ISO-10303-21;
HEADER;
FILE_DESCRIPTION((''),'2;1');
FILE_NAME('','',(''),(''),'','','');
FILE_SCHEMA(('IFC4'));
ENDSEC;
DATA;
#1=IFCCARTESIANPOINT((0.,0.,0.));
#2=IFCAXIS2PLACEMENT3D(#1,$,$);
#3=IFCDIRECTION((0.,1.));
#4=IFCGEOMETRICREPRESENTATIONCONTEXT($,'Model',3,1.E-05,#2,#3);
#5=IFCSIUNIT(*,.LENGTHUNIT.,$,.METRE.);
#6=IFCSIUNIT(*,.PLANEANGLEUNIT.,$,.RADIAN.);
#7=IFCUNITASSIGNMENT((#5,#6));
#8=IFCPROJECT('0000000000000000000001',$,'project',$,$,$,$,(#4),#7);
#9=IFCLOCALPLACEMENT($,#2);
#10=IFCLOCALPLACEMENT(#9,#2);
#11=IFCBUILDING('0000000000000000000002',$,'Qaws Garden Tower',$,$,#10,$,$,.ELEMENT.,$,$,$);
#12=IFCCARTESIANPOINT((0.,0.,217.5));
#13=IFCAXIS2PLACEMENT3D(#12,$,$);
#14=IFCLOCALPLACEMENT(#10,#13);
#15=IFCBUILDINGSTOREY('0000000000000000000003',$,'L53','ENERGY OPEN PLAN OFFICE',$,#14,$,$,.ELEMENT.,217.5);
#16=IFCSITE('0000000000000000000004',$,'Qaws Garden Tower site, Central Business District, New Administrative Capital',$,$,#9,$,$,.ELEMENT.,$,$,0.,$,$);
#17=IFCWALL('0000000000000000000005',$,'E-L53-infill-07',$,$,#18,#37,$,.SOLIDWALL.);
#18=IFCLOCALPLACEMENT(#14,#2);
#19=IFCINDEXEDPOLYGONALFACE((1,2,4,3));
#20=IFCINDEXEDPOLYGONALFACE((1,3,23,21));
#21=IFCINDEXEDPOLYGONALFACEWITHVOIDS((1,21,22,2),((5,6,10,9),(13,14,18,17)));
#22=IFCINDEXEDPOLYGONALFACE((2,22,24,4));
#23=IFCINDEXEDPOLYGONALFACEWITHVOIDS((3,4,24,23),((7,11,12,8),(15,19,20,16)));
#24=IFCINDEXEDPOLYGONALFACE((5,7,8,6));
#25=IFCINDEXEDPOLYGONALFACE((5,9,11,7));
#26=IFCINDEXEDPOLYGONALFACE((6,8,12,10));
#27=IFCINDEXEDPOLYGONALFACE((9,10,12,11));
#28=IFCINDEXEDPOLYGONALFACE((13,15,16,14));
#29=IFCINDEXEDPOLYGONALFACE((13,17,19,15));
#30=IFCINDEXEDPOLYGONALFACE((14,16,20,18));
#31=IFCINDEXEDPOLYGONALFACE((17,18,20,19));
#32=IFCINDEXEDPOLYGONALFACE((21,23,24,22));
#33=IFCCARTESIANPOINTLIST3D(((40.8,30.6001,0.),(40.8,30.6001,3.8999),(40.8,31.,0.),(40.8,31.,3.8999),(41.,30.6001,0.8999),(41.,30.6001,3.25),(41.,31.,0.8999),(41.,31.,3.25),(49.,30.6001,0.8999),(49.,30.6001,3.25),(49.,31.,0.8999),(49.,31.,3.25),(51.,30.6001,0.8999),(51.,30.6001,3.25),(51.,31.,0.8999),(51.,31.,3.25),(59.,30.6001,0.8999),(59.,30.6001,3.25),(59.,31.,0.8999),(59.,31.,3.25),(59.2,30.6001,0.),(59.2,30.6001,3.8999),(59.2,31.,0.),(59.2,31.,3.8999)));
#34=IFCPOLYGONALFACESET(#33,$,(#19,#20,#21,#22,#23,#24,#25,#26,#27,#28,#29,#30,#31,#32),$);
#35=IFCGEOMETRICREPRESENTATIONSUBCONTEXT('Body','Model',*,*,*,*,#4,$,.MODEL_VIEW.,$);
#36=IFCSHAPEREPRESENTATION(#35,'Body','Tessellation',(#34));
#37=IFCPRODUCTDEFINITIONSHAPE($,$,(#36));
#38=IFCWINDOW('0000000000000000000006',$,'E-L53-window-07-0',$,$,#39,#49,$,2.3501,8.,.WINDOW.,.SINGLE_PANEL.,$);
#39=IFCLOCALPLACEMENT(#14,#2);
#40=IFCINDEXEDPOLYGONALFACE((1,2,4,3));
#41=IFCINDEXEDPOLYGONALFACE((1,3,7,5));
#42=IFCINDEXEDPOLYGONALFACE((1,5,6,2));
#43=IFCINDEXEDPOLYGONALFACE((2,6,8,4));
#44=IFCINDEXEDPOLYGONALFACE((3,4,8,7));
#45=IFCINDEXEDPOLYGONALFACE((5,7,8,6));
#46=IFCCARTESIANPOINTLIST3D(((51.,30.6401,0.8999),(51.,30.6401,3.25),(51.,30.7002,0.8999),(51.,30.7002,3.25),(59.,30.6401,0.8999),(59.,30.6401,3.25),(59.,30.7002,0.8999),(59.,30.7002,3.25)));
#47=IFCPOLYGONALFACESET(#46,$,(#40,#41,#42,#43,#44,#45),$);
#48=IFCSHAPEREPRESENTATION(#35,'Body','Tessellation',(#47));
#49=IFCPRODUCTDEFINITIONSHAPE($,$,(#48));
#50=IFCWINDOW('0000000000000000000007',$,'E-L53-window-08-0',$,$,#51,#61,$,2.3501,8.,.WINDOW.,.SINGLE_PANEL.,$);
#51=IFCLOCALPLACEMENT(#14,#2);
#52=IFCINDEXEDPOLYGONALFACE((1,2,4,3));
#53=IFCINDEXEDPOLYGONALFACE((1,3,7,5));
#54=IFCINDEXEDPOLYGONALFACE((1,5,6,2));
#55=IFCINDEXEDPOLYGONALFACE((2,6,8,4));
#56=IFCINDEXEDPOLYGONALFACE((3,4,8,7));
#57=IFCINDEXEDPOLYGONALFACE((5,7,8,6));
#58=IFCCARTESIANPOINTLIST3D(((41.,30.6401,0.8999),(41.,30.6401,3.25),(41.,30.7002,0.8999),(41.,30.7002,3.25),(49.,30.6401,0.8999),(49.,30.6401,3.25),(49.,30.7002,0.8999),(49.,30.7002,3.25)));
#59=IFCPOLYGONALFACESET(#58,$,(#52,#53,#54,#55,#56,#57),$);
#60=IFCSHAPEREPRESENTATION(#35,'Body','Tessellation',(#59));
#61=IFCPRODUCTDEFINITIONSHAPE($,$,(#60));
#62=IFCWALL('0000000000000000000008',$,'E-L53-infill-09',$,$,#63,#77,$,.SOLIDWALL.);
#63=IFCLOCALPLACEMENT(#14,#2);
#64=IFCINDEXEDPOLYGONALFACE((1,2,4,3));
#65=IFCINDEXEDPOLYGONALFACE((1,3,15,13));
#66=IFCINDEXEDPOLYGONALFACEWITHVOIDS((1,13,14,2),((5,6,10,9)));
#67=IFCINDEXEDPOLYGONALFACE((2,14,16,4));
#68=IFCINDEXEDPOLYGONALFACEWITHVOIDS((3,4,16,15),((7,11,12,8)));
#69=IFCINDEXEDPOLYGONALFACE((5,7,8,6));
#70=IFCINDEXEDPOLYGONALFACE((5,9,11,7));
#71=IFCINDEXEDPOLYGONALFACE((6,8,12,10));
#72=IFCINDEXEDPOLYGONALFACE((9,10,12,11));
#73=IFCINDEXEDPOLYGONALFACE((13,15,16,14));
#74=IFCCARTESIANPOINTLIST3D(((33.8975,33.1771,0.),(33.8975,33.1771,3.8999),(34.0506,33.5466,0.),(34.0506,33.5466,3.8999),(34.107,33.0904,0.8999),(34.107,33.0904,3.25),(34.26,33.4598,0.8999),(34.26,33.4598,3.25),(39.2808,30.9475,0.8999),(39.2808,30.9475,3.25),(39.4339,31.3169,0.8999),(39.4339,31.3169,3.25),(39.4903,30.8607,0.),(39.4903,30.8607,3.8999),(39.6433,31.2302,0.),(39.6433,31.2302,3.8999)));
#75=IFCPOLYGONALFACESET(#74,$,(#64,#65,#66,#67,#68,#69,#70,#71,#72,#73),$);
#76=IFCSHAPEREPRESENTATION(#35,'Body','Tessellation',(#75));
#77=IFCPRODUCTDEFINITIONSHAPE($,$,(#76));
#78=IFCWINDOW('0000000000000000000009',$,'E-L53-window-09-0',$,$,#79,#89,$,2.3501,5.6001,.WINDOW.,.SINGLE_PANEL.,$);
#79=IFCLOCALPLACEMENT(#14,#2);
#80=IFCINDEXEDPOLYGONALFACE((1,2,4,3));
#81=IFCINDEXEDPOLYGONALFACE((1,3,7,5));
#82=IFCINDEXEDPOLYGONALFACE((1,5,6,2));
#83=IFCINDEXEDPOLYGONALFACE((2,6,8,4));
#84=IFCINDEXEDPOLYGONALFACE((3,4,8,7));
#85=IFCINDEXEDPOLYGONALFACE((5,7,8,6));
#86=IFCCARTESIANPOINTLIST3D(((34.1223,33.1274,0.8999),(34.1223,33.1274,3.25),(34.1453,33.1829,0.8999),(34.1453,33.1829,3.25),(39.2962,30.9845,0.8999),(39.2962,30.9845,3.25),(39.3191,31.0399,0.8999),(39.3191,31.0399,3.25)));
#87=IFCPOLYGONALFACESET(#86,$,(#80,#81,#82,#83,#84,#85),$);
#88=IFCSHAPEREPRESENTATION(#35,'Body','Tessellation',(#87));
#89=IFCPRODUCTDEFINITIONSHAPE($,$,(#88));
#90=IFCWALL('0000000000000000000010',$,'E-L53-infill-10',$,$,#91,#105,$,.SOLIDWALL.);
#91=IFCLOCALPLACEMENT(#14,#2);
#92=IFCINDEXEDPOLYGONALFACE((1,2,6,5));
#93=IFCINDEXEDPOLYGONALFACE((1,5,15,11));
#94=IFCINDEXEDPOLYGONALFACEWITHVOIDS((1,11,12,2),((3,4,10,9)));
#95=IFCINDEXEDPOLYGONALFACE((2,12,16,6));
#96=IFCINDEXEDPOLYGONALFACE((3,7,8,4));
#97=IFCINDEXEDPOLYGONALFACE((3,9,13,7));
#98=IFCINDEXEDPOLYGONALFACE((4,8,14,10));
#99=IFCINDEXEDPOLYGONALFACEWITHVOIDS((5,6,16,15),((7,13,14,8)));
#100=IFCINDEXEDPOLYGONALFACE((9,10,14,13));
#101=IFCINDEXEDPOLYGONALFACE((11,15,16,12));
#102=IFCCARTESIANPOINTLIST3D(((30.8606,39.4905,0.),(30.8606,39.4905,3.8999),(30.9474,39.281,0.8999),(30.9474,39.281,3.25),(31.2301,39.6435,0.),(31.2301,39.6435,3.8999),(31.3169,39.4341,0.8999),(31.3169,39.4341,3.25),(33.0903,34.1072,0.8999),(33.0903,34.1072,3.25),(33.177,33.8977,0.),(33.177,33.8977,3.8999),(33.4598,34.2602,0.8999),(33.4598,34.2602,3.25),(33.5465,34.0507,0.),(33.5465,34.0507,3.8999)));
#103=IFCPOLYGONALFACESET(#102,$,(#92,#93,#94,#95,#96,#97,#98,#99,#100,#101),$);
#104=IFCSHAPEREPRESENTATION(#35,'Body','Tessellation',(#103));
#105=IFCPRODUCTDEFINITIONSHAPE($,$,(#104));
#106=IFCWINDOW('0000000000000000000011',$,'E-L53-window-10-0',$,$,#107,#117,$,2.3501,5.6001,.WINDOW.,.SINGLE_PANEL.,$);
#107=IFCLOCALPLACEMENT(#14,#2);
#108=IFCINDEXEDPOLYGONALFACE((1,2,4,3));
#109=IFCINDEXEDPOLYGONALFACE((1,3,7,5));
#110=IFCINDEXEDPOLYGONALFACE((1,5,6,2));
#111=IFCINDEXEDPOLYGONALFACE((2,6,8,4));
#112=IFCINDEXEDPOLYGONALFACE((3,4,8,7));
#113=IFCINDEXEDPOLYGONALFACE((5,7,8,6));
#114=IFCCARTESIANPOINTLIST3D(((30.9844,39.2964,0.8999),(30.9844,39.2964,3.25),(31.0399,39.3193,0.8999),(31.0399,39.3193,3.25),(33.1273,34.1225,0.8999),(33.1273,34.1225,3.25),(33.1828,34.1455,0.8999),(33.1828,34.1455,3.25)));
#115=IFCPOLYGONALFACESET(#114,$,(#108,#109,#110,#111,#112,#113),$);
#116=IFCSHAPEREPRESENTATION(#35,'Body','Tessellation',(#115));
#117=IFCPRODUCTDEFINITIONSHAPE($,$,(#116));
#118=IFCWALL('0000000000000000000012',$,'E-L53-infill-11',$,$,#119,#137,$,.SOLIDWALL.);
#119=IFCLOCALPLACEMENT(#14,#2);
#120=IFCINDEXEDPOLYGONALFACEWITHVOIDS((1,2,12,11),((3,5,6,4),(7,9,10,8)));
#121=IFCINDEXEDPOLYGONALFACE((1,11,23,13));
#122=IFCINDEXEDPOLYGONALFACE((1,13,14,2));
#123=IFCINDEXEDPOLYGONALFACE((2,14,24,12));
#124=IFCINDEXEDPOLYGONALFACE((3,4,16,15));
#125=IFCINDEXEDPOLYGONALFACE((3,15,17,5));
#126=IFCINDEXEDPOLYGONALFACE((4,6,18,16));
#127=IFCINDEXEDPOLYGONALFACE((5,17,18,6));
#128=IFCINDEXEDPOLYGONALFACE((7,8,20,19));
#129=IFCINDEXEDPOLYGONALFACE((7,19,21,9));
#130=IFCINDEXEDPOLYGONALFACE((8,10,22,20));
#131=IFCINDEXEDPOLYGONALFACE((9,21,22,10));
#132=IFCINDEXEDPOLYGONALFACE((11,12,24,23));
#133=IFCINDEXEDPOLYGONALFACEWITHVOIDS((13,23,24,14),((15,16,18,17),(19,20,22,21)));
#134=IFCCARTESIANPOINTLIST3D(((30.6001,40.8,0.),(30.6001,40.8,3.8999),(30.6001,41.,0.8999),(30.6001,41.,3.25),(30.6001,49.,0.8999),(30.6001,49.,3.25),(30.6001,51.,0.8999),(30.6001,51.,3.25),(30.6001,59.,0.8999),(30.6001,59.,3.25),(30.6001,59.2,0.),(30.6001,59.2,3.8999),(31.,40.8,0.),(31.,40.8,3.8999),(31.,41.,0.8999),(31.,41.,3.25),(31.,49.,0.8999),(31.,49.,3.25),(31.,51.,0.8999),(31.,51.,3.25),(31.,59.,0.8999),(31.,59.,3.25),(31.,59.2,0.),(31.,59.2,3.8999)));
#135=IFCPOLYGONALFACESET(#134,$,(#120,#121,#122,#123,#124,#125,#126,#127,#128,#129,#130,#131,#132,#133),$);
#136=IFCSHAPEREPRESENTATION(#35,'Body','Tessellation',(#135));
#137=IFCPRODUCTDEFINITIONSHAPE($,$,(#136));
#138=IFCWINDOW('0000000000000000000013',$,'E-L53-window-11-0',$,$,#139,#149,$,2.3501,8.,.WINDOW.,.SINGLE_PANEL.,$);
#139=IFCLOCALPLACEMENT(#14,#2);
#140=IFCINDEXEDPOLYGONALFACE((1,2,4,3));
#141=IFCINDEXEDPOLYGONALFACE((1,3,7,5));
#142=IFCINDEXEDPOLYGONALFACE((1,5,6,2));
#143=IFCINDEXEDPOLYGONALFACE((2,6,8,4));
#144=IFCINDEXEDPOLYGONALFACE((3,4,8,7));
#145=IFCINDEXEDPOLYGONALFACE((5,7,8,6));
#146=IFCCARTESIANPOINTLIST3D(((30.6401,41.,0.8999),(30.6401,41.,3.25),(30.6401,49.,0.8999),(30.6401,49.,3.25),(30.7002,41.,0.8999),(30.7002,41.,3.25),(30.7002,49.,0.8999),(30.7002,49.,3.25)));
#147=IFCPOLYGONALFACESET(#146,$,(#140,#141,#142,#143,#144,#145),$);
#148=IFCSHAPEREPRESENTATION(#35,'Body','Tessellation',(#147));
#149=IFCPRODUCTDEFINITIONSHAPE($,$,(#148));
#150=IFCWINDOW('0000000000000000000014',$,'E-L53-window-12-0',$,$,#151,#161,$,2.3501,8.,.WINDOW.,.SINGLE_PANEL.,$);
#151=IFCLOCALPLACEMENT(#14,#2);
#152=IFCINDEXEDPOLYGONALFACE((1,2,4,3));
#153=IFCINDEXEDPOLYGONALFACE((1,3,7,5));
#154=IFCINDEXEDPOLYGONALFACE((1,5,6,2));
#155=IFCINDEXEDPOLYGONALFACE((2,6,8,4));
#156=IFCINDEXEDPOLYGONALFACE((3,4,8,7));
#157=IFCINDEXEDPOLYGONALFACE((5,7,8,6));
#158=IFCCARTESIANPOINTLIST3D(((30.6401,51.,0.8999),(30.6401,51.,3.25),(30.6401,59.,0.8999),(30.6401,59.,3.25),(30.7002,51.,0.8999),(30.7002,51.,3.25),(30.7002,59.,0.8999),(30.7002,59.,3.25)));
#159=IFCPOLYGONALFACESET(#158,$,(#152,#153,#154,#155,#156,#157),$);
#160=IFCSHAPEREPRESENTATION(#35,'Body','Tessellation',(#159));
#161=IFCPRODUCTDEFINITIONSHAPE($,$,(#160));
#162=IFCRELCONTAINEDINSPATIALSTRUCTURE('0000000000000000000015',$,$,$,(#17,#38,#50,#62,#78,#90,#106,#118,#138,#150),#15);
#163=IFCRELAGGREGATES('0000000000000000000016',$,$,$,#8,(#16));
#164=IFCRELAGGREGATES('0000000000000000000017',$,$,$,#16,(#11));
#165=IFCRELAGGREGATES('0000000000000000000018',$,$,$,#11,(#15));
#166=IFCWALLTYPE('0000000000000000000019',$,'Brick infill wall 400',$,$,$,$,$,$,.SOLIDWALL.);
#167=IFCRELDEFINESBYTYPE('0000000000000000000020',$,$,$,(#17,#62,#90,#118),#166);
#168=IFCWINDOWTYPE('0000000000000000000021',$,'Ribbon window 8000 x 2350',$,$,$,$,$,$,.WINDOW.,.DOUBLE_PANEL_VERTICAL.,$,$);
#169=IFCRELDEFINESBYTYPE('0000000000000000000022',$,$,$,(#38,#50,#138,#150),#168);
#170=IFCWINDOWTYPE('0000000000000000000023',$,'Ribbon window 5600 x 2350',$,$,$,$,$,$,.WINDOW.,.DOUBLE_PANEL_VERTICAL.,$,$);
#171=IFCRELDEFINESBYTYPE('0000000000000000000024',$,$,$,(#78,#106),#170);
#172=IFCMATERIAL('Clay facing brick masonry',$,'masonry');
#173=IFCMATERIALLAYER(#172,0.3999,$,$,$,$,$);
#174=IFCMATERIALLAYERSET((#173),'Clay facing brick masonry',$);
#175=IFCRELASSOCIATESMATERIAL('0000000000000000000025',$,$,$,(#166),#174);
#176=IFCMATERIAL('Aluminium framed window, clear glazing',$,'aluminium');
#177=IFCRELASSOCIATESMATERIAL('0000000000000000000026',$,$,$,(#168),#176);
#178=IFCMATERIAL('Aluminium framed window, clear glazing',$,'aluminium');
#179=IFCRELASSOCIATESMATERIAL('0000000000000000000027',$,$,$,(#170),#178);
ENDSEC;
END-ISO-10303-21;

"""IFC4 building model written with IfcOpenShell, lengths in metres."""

from ifc_helpers import new_model, si_unit, direction, frame, frame_2d, origin, place, context, subcontext, project, spatial, rectangle, extrude, material, layer, layer_set, type_object, element, fill, save


model = new_model("IFC4")

# Units and contexts
model_context = context("Model", 3, precision=1e-05, world=origin(), true_north=direction((0.0, 1.0)))
body_context = subcontext(model_context, "Body", "Model", "MODEL_VIEW")
ifc_project = project(units=[si_unit("LENGTHUNIT", "METRE"), si_unit("PLANEANGLEUNIT", "RADIAN")], contexts=[model_context])

# Site, building, storey
site_placement = place(None, origin())
site = spatial("IfcSite", under=ifc_project, at=site_placement, Name="Qaws Garden Tower site, Central Business District, New Administrative Capital", CompositionType="ELEMENT", RefElevation=0.0)
building_placement = place(site_placement, origin())
building = spatial("IfcBuilding", under=site, at=building_placement, Name="Qaws Garden Tower", CompositionType="ELEMENT")
storey_placement = place(building_placement, frame((0.0, 0.0, 217.5)))
storey = spatial("IfcBuildingStorey", under=building, at=storey_placement, Name="L53", Description="ENERGY OPEN PLAN OFFICE", CompositionType="ELEMENT", Elevation=217.5)

# Wall, openings, windows
ifc_material_1 = material(Name="Clay facing brick masonry", Category="masonry")
ifc_layer_1 = layer(ifc_material_1, 0.3999)
ifc_layer_set_1 = layer_set([ifc_layer_1], Name="Clay facing brick masonry")
wall_type_1 = type_object("IfcWallType", Name="Brick infill wall 400", PredefinedType="SOLIDWALL", material=ifc_layer_set_1)
wall_1_placement = place(storey_placement, frame((59.2, 30.8, 0.0), z_axis=(0.0, 0.0, 1.0), x_axis=(-1.0, 0.0, 0.0)))
wall_1 = element("IfcWall", 1, at=wall_1_placement, inside=storey, type_object=wall_type_1, Name="E-L53-infill-07", PredefinedType="SOLIDWALL", context=body_context, shape_type="SweptSolid", body=[
    extrude(rectangle(XDim=18.3999, YDim=0.3999, at=frame_2d((9.2, 0.0))), origin(), (0.0, 0.0, 1.0), 3.8999),
])
opening_1_placement = place(wall_1_placement, frame((0.2, 0.0, 0.8999)))
opening_1 = element("IfcOpeningElement", 2, at=opening_1_placement, cuts=wall_1, PredefinedType="OPENING", context=body_context, shape_type="SweptSolid", body=[
    extrude(rectangle(XDim=8.0, YDim=2.3501, at=frame_2d((4.0, 1.175))), frame((0.0, 0.21, 0.0), z_axis=(0.0, -1.0, 0.0), x_axis=(1.0, 0.0, 0.0)), (0.0, 0.0, 1.0), 0.4199),
])
opening_2_placement = place(wall_1_placement, frame((10.2, 0.0, 0.8999)))
opening_2 = element("IfcOpeningElement", 3, at=opening_2_placement, cuts=wall_1, PredefinedType="OPENING", context=body_context, shape_type="SweptSolid", body=[
    extrude(rectangle(XDim=8.0, YDim=2.3501, at=frame_2d((4.0, 1.175))), frame((0.0, 0.21, 0.0), z_axis=(0.0, -1.0, 0.0), x_axis=(1.0, 0.0, 0.0)), (0.0, 0.0, 1.0), 0.4199),
])
ifc_material_2 = material(Name="Aluminium framed window, clear glazing", Category="aluminium")
window_type_1 = type_object("IfcWindowType", Name="Ribbon window 8000 x 2350", PartitioningType="DOUBLE_PANEL_VERTICAL", PredefinedType="WINDOW", material=ifc_material_2)
window_1_placement = place(opening_1_placement, origin())
window_1 = element("IfcWindow", 4, at=window_1_placement, inside=storey, type_object=window_type_1, Name="E-L53-window-07-0", OverallHeight=2.3501, OverallWidth=8.0, PartitioningType="SINGLE_PANEL", PredefinedType="WINDOW", context=body_context, shape_type="SweptSolid", body=[
    extrude(rectangle(XDim=8.0, YDim=2.3501, at=frame_2d((4.0, 1.175))), frame((0.0, 0.1599, 0.0), z_axis=(0.0, -1.0, 0.0), x_axis=(1.0, 0.0, 0.0)), (0.0, 0.0, 1.0), 0.0601),
])
fill(opening_1, window_1)
window_2_placement = place(opening_2_placement, origin())
window_2 = element("IfcWindow", 5, at=window_2_placement, inside=storey, type_object=window_type_1, Name="E-L53-window-08-0", OverallHeight=2.3501, OverallWidth=8.0, PartitioningType="SINGLE_PANEL", PredefinedType="WINDOW", context=body_context, shape_type="SweptSolid", body=[
    extrude(rectangle(XDim=8.0, YDim=2.3501, at=frame_2d((4.0, 1.175))), frame((0.0, 0.1599, 0.0), z_axis=(0.0, -1.0, 0.0), x_axis=(1.0, 0.0, 0.0)), (0.0, 0.0, 1.0), 0.0601),
])
fill(opening_2, window_2)

# Walls, openings, windows
wall_2_placement = place(storey_placement, frame((39.5669, 31.0454, 0.0), z_axis=(0.0, 0.0, 1.0), x_axis=(-0.923891, 0.382656, 0.0)))
wall_2 = element("IfcWall", 6, at=wall_2_placement, inside=storey, type_object=wall_type_1, Name="E-L53-infill-09", PredefinedType="SOLIDWALL", context=body_context, shape_type="SweptSolid", body=[
    extrude(rectangle(XDim=6.0535, YDim=0.3999, at=frame_2d((3.0269, 0.0))), origin(), (0.0, 0.0, 1.0), 3.8999),
])
opening_3_placement = place(wall_2_placement, frame((0.2268, 0.0, 0.8999)))
opening_3 = element("IfcOpeningElement", 7, at=opening_3_placement, cuts=wall_2, PredefinedType="OPENING", context=body_context, shape_type="SweptSolid", body=[
    extrude(rectangle(XDim=5.6001, YDim=2.3501, at=frame_2d((2.8, 1.175))), frame((0.0, 0.21, 0.0), z_axis=(0.0, -1.0, 0.0), x_axis=(1.0, 0.0, 0.0)), (0.0, 0.0, 1.0), 0.4199),
])
ifc_material_3 = material(Name="Aluminium framed window, clear glazing", Category="aluminium")
window_type_2 = type_object("IfcWindowType", Name="Ribbon window 5600 x 2350", PartitioningType="DOUBLE_PANEL_VERTICAL", PredefinedType="WINDOW", material=ifc_material_3)
window_3_placement = place(opening_3_placement, origin())
window_3 = element("IfcWindow", 8, at=window_3_placement, inside=storey, type_object=window_type_2, Name="E-L53-window-09-0", OverallHeight=2.3501, OverallWidth=5.6001, PartitioningType="SINGLE_PANEL", PredefinedType="WINDOW", context=body_context, shape_type="SweptSolid", body=[
    extrude(rectangle(XDim=5.6001, YDim=2.3501, at=frame_2d((2.8, 1.175))), frame((0.0, 0.1599, 0.0), z_axis=(0.0, -1.0, 0.0), x_axis=(1.0, 0.0, 0.0)), (0.0, 0.0, 1.0), 0.0601),
])
fill(opening_3, window_3)
wall_3_placement = place(storey_placement, frame((33.3618, 33.9741, 0.0), z_axis=(0.0, 0.0, 1.0), x_axis=(-0.382656, 0.923891, 0.0)))
wall_3 = element("IfcWall", 9, at=wall_3_placement, inside=storey, type_object=wall_type_1, Name="E-L53-infill-10", PredefinedType="SOLIDWALL", context=body_context, shape_type="SweptSolid", body=[
    extrude(rectangle(XDim=6.0535, YDim=0.3999, at=frame_2d((3.0269, 0.0))), origin(), (0.0, 0.0, 1.0), 3.8999),
])
opening_4_placement = place(wall_3_placement, frame((0.2268, 0.0, 0.8999)))
opening_4 = element("IfcOpeningElement", 10, at=opening_4_placement, cuts=wall_3, PredefinedType="OPENING", context=body_context, shape_type="SweptSolid", body=[
    extrude(rectangle(XDim=5.6001, YDim=2.3501, at=frame_2d((2.8, 1.175))), frame((0.0, 0.21, 0.0), z_axis=(0.0, -1.0, 0.0), x_axis=(1.0, 0.0, 0.0)), (0.0, 0.0, 1.0), 0.4199),
])
window_4_placement = place(opening_4_placement, origin())
window_4 = element("IfcWindow", 11, at=window_4_placement, inside=storey, type_object=window_type_2, Name="E-L53-window-10-0", OverallHeight=2.3501, OverallWidth=5.6001, PartitioningType="SINGLE_PANEL", PredefinedType="WINDOW", context=body_context, shape_type="SweptSolid", body=[
    extrude(rectangle(XDim=5.6001, YDim=2.3501, at=frame_2d((2.8, 1.175))), frame((0.0, 0.1599, 0.0), z_axis=(0.0, -1.0, 0.0), x_axis=(1.0, 0.0, 0.0)), (0.0, 0.0, 1.0), 0.0601),
])
fill(opening_4, window_4)

# Wall, openings, windows
wall_4_placement = place(storey_placement, frame((30.8, 40.8, 0.0), z_axis=(0.0, 0.0, 1.0), x_axis=(0.0, 1.0, 0.0)))
wall_4 = element("IfcWall", 12, at=wall_4_placement, inside=storey, type_object=wall_type_1, Name="E-L53-infill-11", PredefinedType="SOLIDWALL", context=body_context, shape_type="SweptSolid", body=[
    extrude(rectangle(XDim=18.3999, YDim=0.3999, at=frame_2d((9.2, 0.0))), origin(), (0.0, 0.0, 1.0), 3.8999),
])
opening_5_placement = place(wall_4_placement, frame((0.2, 0.0, 0.8999)))
opening_5 = element("IfcOpeningElement", 13, at=opening_5_placement, cuts=wall_4, PredefinedType="OPENING", context=body_context, shape_type="SweptSolid", body=[
    extrude(rectangle(XDim=8.0, YDim=2.3501, at=frame_2d((4.0, 1.175))), frame((0.0, 0.21, 0.0), z_axis=(0.0, -1.0, 0.0), x_axis=(1.0, 0.0, 0.0)), (0.0, 0.0, 1.0), 0.4199),
])
opening_6_placement = place(wall_4_placement, frame((10.2, 0.0, 0.8999)))
opening_6 = element("IfcOpeningElement", 14, at=opening_6_placement, cuts=wall_4, PredefinedType="OPENING", context=body_context, shape_type="SweptSolid", body=[
    extrude(rectangle(XDim=8.0, YDim=2.3501, at=frame_2d((4.0, 1.175))), frame((0.0, 0.21, 0.0), z_axis=(0.0, -1.0, 0.0), x_axis=(1.0, 0.0, 0.0)), (0.0, 0.0, 1.0), 0.4199),
])
window_5_placement = place(opening_5_placement, origin())
window_5 = element("IfcWindow", 15, at=window_5_placement, inside=storey, type_object=window_type_1, Name="E-L53-window-11-0", OverallHeight=2.3501, OverallWidth=8.0, PartitioningType="SINGLE_PANEL", PredefinedType="WINDOW", context=body_context, shape_type="SweptSolid", body=[
    extrude(rectangle(XDim=8.0, YDim=2.3501, at=frame_2d((4.0, 1.175))), frame((0.0, 0.1599, 0.0), z_axis=(0.0, -1.0, 0.0), x_axis=(1.0, 0.0, 0.0)), (0.0, 0.0, 1.0), 0.0601),
])
fill(opening_5, window_5)
window_6_placement = place(opening_6_placement, origin())
window_6 = element("IfcWindow", 16, at=window_6_placement, inside=storey, type_object=window_type_1, Name="E-L53-window-12-0", OverallHeight=2.3501, OverallWidth=8.0, PartitioningType="SINGLE_PANEL", PredefinedType="WINDOW", context=body_context, shape_type="SweptSolid", body=[
    extrude(rectangle(XDim=8.0, YDim=2.3501, at=frame_2d((4.0, 1.175))), frame((0.0, 0.1599, 0.0), z_axis=(0.0, -1.0, 0.0), x_axis=(1.0, 0.0, 0.0)), (0.0, 0.0, 1.0), 0.0601),
])
fill(opening_6, window_6)

save(model, "model.ifc")
